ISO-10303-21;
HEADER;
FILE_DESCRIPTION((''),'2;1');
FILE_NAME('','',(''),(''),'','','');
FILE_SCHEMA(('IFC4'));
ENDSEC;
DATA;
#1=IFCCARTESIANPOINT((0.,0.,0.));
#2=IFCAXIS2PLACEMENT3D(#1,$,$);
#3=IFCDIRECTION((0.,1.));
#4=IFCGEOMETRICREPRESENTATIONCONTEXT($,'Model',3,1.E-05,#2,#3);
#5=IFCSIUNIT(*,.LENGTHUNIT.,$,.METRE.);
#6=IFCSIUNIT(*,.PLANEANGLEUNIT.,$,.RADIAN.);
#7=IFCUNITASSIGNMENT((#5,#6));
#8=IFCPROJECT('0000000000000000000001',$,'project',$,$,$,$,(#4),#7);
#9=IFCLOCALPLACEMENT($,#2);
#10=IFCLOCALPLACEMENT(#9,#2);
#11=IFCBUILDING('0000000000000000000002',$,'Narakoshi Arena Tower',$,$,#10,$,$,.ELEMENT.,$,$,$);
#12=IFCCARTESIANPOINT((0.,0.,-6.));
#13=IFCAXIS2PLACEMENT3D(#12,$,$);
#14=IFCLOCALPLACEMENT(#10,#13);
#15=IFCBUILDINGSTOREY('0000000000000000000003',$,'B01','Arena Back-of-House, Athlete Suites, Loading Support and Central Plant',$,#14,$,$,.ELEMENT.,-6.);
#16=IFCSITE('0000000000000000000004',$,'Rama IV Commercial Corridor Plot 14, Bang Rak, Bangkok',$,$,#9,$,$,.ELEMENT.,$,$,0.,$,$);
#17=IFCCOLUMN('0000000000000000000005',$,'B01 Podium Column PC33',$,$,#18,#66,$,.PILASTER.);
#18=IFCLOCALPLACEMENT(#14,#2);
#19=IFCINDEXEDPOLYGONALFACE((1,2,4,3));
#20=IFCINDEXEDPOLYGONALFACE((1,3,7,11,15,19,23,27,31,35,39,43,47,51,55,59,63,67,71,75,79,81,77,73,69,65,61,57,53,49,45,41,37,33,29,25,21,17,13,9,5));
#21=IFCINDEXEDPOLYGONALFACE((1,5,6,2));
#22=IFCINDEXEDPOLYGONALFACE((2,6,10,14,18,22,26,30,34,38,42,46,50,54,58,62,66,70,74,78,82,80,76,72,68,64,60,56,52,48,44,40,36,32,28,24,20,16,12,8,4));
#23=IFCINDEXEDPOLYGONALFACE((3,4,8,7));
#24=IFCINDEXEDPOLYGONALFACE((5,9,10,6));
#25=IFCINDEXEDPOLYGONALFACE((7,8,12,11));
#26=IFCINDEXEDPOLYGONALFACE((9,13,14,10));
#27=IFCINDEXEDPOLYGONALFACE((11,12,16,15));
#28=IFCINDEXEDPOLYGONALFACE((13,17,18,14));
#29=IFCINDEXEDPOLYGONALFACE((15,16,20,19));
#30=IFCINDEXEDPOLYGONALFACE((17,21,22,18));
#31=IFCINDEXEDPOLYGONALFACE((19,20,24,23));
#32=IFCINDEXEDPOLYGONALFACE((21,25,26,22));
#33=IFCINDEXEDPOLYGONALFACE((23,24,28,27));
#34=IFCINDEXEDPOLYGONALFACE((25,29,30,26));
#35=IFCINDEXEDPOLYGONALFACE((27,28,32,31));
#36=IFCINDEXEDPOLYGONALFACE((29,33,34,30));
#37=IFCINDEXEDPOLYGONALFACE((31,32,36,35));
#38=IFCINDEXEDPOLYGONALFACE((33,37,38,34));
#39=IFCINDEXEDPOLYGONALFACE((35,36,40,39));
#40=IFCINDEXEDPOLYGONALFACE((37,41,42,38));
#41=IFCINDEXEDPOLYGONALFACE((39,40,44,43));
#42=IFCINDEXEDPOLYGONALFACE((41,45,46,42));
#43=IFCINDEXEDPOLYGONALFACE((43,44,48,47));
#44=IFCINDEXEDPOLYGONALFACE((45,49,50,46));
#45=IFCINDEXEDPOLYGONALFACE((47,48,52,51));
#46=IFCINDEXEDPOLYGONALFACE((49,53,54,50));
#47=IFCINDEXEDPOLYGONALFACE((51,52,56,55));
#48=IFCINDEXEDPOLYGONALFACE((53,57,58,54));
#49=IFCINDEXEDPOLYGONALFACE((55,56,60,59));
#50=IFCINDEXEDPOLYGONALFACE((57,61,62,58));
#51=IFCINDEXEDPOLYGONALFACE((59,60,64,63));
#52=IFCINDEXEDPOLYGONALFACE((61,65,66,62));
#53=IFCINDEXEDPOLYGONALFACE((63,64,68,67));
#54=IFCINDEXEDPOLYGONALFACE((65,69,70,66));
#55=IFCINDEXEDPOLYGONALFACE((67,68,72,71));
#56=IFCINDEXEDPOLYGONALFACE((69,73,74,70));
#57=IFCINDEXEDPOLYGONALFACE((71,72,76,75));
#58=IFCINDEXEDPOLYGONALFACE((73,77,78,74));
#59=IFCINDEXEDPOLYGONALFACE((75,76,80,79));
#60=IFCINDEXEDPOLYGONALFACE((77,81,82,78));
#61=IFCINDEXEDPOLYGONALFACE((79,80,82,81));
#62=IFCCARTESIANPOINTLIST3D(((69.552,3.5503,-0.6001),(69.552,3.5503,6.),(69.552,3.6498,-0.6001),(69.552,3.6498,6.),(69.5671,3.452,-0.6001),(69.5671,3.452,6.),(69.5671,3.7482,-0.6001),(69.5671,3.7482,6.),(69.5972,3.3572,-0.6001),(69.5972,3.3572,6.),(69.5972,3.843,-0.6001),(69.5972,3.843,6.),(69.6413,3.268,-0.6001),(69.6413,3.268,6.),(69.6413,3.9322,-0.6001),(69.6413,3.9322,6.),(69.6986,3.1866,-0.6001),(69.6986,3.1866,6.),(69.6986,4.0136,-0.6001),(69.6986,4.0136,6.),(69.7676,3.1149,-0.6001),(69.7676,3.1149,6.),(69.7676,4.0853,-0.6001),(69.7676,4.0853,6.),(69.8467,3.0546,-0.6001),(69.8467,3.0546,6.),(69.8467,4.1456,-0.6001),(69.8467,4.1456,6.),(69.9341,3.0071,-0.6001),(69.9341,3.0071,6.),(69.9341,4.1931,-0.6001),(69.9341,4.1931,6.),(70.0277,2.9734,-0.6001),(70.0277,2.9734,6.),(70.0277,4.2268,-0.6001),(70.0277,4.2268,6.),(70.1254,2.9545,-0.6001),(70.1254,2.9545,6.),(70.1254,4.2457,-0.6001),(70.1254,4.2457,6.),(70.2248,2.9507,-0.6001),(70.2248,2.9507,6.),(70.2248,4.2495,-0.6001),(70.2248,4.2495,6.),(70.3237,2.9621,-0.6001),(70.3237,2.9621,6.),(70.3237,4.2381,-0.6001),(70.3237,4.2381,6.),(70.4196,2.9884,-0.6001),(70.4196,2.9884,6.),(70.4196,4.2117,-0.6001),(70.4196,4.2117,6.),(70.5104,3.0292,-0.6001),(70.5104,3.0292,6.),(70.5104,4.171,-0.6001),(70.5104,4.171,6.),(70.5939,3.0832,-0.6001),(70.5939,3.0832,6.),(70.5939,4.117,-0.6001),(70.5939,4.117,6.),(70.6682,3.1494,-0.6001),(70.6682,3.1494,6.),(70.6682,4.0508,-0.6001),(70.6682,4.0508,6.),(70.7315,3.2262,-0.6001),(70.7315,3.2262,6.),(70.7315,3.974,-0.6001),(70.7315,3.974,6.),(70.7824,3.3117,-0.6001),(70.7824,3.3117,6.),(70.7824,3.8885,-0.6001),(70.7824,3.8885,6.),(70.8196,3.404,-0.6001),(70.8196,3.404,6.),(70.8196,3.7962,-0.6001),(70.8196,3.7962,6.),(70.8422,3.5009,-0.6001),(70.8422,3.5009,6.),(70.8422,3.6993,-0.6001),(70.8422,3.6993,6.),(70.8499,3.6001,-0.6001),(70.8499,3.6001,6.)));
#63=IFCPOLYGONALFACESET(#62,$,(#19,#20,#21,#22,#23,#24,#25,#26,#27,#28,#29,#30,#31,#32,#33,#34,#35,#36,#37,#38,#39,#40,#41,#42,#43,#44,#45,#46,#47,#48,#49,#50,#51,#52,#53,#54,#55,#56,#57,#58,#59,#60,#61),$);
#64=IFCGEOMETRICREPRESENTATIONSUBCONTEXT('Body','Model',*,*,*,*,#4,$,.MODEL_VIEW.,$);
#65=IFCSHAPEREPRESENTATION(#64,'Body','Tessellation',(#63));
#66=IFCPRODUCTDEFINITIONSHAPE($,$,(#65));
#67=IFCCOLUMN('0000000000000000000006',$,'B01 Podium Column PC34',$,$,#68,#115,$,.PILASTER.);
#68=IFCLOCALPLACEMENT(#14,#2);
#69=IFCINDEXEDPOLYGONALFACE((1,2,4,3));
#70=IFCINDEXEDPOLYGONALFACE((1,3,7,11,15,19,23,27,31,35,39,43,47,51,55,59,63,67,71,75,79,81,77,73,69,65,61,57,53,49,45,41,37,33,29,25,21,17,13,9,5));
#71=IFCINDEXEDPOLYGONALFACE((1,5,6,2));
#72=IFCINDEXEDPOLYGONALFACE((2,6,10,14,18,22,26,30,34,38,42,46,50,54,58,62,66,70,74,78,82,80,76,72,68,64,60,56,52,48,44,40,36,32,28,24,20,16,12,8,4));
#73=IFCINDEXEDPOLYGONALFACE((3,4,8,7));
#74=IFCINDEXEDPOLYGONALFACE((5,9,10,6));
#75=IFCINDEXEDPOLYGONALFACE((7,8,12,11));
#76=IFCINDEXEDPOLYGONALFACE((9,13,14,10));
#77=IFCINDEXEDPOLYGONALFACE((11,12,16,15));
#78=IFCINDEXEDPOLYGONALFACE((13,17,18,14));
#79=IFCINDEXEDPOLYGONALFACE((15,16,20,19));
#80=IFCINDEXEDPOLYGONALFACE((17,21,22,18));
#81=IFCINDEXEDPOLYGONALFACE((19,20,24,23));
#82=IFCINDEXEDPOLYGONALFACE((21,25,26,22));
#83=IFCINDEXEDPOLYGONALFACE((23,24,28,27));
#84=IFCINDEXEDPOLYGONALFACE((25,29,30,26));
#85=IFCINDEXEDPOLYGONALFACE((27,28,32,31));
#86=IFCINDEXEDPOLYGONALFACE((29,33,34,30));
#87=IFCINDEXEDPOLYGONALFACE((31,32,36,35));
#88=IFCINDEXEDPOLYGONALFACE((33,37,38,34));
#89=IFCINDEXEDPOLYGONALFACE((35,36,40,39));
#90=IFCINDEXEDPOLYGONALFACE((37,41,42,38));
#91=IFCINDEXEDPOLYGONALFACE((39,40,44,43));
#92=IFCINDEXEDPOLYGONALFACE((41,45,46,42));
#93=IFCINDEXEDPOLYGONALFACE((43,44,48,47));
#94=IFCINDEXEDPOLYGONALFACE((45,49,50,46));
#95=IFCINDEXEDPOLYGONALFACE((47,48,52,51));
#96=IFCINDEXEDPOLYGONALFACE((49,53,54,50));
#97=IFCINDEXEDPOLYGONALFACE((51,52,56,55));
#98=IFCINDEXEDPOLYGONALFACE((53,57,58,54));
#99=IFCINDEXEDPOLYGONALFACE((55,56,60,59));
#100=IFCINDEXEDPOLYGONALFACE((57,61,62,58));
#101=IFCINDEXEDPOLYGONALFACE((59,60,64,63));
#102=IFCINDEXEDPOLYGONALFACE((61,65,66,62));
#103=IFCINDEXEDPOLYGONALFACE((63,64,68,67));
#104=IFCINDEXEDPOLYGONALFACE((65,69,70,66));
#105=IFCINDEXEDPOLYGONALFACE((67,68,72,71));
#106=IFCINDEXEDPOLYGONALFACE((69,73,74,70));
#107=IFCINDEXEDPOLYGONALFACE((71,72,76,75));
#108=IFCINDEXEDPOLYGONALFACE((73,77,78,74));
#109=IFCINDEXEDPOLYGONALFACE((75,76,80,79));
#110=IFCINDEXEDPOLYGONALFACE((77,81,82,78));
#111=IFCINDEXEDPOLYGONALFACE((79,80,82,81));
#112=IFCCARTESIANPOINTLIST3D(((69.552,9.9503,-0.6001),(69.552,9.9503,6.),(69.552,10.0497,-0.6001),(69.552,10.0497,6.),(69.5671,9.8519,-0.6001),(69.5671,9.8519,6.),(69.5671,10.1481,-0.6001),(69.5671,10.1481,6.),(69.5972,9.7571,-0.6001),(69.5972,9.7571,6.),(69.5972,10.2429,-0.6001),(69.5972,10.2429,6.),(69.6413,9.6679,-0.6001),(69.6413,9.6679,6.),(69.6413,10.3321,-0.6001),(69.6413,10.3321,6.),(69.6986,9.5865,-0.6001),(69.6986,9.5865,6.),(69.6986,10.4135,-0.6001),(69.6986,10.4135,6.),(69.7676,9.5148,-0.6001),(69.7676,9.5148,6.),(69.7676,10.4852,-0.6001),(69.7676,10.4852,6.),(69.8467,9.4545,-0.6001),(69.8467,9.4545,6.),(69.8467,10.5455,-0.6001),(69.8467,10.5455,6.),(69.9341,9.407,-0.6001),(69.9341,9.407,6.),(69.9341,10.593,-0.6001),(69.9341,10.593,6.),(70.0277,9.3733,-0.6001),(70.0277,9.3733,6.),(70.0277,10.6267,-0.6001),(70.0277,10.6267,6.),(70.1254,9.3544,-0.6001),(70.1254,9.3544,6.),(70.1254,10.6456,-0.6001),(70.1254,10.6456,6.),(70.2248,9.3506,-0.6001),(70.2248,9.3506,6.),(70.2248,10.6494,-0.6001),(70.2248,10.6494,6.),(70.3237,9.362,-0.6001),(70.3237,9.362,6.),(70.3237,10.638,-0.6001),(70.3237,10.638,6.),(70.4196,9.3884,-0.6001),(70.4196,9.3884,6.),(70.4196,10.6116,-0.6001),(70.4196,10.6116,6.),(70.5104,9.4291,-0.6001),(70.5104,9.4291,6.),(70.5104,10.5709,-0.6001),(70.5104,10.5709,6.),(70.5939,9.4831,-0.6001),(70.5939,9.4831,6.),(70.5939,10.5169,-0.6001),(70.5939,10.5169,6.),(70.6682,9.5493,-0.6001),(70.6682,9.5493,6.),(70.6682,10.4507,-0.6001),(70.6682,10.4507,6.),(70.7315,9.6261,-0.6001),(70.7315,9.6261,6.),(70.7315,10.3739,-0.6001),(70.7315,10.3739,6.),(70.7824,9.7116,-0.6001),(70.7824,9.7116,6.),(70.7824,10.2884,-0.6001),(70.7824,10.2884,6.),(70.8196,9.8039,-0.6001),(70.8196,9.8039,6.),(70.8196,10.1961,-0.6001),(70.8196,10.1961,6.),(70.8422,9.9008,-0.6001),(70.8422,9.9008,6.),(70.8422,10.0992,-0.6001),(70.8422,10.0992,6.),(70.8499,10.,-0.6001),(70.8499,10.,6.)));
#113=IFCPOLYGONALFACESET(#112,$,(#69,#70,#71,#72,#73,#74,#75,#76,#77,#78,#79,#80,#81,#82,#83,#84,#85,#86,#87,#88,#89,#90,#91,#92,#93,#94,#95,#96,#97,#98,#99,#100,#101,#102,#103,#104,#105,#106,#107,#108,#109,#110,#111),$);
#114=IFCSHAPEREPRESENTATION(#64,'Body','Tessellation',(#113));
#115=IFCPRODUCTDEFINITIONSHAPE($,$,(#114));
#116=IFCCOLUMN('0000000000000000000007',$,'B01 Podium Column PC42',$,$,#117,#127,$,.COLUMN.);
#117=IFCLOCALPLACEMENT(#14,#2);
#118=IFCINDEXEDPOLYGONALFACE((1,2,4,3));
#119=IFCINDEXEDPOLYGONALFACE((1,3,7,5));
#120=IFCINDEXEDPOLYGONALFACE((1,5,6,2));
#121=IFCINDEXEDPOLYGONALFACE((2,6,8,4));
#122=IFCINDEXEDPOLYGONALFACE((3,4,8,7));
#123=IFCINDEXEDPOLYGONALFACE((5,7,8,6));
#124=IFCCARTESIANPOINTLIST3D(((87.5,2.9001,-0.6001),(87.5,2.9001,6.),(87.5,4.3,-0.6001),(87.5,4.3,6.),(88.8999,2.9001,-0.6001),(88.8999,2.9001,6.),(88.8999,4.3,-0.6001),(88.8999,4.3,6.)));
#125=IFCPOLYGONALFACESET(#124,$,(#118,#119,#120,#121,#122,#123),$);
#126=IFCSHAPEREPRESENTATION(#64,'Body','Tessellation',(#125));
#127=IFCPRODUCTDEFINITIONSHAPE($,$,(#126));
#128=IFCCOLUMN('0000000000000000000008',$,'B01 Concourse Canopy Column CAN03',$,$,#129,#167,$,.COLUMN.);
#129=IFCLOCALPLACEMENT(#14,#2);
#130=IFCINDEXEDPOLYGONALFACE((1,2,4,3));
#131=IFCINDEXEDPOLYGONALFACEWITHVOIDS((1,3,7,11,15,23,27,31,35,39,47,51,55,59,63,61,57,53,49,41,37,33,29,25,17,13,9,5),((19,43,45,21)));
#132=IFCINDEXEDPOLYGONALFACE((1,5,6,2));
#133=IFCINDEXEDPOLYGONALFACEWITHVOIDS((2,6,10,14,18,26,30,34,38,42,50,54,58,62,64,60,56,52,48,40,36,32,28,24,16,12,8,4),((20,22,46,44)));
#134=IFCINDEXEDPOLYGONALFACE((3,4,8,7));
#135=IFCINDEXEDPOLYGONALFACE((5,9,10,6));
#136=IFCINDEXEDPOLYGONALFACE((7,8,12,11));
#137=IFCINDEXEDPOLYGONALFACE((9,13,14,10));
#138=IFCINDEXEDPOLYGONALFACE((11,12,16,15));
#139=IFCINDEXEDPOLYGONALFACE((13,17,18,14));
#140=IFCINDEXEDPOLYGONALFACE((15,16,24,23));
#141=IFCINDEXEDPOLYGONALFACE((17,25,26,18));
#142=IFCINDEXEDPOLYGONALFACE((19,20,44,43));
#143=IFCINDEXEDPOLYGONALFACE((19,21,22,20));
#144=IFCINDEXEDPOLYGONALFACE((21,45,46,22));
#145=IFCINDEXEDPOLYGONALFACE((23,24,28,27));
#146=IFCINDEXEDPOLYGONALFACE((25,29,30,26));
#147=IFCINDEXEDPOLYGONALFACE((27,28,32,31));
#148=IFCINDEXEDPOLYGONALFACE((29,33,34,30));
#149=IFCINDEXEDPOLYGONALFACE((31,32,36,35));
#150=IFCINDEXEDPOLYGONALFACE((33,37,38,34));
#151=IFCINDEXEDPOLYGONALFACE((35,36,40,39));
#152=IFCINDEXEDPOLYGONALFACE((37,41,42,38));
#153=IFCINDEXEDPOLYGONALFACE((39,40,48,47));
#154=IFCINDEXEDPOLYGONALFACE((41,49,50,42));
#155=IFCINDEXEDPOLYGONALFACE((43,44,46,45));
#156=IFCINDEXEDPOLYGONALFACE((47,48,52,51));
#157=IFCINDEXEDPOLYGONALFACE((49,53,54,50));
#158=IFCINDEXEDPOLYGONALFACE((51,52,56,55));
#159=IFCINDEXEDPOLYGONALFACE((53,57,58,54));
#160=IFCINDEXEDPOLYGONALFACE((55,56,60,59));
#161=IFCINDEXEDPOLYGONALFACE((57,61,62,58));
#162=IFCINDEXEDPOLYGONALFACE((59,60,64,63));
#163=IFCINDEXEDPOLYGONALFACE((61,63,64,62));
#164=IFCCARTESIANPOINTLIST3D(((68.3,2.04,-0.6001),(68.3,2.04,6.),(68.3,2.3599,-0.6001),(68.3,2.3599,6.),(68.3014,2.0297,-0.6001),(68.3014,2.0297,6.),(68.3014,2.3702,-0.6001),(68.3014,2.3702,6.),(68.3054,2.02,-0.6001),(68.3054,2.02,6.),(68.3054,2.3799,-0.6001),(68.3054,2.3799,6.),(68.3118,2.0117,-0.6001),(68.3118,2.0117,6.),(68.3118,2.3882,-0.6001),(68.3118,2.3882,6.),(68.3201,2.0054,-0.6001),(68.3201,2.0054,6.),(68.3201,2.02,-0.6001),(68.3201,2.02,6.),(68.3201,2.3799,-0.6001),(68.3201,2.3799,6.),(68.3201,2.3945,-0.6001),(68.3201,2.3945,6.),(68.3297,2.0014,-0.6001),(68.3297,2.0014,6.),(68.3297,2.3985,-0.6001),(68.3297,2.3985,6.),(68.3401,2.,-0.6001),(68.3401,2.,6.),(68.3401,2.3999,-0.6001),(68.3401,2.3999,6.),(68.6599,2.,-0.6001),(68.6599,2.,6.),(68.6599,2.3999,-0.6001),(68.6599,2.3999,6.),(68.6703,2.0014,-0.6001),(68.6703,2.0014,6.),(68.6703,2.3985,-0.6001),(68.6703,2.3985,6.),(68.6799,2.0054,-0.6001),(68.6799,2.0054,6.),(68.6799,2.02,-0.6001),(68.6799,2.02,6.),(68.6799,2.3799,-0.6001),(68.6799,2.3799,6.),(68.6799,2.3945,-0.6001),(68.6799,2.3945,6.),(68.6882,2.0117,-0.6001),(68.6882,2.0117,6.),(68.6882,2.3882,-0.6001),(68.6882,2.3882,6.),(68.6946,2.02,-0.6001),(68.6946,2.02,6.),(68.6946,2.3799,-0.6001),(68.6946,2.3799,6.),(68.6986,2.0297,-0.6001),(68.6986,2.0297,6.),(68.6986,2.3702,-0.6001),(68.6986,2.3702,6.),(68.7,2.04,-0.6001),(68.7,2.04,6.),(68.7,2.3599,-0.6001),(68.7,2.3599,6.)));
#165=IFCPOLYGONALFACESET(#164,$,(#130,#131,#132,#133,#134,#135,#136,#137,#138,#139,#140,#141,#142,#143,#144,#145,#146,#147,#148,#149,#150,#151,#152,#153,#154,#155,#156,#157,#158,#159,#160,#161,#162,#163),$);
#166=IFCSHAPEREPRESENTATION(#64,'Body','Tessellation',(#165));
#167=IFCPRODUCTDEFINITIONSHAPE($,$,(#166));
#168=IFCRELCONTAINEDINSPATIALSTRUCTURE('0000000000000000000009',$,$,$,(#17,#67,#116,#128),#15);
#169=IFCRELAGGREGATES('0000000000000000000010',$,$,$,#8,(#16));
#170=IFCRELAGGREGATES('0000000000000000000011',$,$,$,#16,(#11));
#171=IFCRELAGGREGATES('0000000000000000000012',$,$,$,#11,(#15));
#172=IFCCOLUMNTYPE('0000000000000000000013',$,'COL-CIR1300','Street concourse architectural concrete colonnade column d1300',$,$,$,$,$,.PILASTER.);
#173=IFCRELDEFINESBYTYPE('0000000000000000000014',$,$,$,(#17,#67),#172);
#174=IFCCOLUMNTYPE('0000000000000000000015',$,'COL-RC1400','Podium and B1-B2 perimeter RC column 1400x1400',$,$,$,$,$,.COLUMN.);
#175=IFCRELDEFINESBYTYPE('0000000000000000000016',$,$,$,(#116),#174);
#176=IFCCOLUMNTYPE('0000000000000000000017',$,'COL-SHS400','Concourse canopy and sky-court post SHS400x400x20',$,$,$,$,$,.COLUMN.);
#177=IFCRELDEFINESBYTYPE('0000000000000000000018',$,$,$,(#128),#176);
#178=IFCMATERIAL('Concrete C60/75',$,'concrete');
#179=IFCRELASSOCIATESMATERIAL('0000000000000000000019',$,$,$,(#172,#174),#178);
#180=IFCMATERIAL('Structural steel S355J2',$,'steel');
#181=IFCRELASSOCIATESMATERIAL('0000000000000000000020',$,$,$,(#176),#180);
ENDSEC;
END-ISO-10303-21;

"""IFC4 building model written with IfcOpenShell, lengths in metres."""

from ifc_helpers import new_model, si_unit, direction, frame, origin, origin_2d, place, context, subcontext, project, spatial, rectangle, hollow_rectangle, circle, extrude, material, material_profile, profile_set, type_object, element, save


model = new_model("IFC4")

# Units and contexts
model_context = context("Model", 3, precision=1e-05, world=origin(), true_north=direction((0.0, 1.0)))
body_context = subcontext(model_context, "Body", "Model", "MODEL_VIEW")
ifc_project = project(units=[si_unit("LENGTHUNIT", "METRE"), si_unit("PLANEANGLEUNIT", "RADIAN")], contexts=[model_context])

# Site, building, storey
site_placement = place(None, origin())
site = spatial("IfcSite", under=ifc_project, at=site_placement, Name="Rama IV Commercial Corridor Plot 14, Bang Rak, Bangkok", CompositionType="ELEMENT", RefElevation=0.0)
building_placement = place(site_placement, origin())
building = spatial("IfcBuilding", under=site, at=building_placement, Name="Narakoshi Arena Tower", CompositionType="ELEMENT")
storey_placement = place(building_placement, frame((0.0, 0.0, -6.0)))
storey = spatial("IfcBuildingStorey", under=building, at=storey_placement, Name="B01", Description="Arena Back-of-House, Athlete Suites, Loading Support and Central Plant", CompositionType="ELEMENT", Elevation=-6.0)

# Columns
ifc_material_1 = material(Name="Concrete C60/75", Category="concrete")
ifc_material_profile_1 = material_profile(ifc_material_1, circle(Radius=0.6499, at=origin_2d()), Name="RCC1300")
ifc_profile_set_1 = profile_set([ifc_material_profile_1], Name="Concrete C60/75")
column_type_1 = type_object("IfcColumnType", Name="COL-CIR1300", Description="Street concourse architectural concrete colonnade column d1300", PredefinedType="PILASTER", material=ifc_profile_set_1)
for number, where, z_axis, x_axis, name in (
    (1, (70.2, 3.6001, -0.6001), (0.0, 0.0, 1.0), (1.0, 0.0, 0.0), "B01 Podium Column PC33"),
    (2, (70.2, 10.0, -0.6001), (0.0, 0.0, 1.0), (1.0, 0.0, 0.0), "B01 Podium Column PC34"),
):
    element("IfcColumn", number, at=place(storey_placement, frame(where, z_axis=z_axis, x_axis=x_axis)), inside=storey, type_object=column_type_1, Name=name, PredefinedType="PILASTER", context=body_context, shape_type="SweptSolid", body=[
        extrude(circle(Radius=0.6499, at=origin_2d()), origin(), (0.0, 0.0, 1.0), 6.6001),
    ])
ifc_material_profile_2 = material_profile(ifc_material_1, rectangle(XDim=1.3999, YDim=1.3999, at=origin_2d()), Name="RC1400x1400")
ifc_profile_set_2 = profile_set([ifc_material_profile_2], Name="Concrete C60/75")
column_type_2 = type_object("IfcColumnType", Name="COL-RC1400", Description="Podium and B1-B2 perimeter RC column 1400x1400", PredefinedType="COLUMN", material=ifc_profile_set_2)
column_1_placement = place(storey_placement, frame((88.2, 3.6001, -0.6001), z_axis=(0.0, 0.0, 1.0), x_axis=(1.0, 0.0, 0.0)))
element("IfcColumn", 3, at=column_1_placement, inside=storey, type_object=column_type_2, Name="B01 Podium Column PC42", PredefinedType="COLUMN", context=body_context, shape_type="SweptSolid", body=[
    extrude(rectangle(XDim=1.3999, YDim=1.3999, at=origin_2d()), origin(), (0.0, 0.0, 1.0), 6.6001),
])
ifc_material_2 = material(Name="Structural steel S355J2", Category="steel")
ifc_material_profile_3 = material_profile(ifc_material_2, hollow_rectangle(XDim=0.3999, YDim=0.3999, WallThickness=0.02, OuterFilletRadius=0.04, at=origin_2d()), Name="SHS400x400x20")
ifc_profile_set_3 = profile_set([ifc_material_profile_3], Name="Structural steel S355J2")
column_type_3 = type_object("IfcColumnType", Name="COL-SHS400", Description="Concourse canopy and sky-court post SHS400x400x20", PredefinedType="COLUMN", material=ifc_profile_set_3)
column_2_placement = place(storey_placement, frame((68.5, 2.2, -0.6001), z_axis=(0.0, 0.0, 1.0), x_axis=(1.0, 0.0, 0.0)))
element("IfcColumn", 4, at=column_2_placement, inside=storey, type_object=column_type_3, Name="B01 Concourse Canopy Column CAN03", PredefinedType="COLUMN", context=body_context, shape_type="SweptSolid", body=[
    extrude(hollow_rectangle(XDim=0.3999, YDim=0.3999, WallThickness=0.02, OuterFilletRadius=0.04, at=origin_2d()), origin(), (0.0, 0.0, 1.0), 6.6001),
])

save(model, "model.ifc")
